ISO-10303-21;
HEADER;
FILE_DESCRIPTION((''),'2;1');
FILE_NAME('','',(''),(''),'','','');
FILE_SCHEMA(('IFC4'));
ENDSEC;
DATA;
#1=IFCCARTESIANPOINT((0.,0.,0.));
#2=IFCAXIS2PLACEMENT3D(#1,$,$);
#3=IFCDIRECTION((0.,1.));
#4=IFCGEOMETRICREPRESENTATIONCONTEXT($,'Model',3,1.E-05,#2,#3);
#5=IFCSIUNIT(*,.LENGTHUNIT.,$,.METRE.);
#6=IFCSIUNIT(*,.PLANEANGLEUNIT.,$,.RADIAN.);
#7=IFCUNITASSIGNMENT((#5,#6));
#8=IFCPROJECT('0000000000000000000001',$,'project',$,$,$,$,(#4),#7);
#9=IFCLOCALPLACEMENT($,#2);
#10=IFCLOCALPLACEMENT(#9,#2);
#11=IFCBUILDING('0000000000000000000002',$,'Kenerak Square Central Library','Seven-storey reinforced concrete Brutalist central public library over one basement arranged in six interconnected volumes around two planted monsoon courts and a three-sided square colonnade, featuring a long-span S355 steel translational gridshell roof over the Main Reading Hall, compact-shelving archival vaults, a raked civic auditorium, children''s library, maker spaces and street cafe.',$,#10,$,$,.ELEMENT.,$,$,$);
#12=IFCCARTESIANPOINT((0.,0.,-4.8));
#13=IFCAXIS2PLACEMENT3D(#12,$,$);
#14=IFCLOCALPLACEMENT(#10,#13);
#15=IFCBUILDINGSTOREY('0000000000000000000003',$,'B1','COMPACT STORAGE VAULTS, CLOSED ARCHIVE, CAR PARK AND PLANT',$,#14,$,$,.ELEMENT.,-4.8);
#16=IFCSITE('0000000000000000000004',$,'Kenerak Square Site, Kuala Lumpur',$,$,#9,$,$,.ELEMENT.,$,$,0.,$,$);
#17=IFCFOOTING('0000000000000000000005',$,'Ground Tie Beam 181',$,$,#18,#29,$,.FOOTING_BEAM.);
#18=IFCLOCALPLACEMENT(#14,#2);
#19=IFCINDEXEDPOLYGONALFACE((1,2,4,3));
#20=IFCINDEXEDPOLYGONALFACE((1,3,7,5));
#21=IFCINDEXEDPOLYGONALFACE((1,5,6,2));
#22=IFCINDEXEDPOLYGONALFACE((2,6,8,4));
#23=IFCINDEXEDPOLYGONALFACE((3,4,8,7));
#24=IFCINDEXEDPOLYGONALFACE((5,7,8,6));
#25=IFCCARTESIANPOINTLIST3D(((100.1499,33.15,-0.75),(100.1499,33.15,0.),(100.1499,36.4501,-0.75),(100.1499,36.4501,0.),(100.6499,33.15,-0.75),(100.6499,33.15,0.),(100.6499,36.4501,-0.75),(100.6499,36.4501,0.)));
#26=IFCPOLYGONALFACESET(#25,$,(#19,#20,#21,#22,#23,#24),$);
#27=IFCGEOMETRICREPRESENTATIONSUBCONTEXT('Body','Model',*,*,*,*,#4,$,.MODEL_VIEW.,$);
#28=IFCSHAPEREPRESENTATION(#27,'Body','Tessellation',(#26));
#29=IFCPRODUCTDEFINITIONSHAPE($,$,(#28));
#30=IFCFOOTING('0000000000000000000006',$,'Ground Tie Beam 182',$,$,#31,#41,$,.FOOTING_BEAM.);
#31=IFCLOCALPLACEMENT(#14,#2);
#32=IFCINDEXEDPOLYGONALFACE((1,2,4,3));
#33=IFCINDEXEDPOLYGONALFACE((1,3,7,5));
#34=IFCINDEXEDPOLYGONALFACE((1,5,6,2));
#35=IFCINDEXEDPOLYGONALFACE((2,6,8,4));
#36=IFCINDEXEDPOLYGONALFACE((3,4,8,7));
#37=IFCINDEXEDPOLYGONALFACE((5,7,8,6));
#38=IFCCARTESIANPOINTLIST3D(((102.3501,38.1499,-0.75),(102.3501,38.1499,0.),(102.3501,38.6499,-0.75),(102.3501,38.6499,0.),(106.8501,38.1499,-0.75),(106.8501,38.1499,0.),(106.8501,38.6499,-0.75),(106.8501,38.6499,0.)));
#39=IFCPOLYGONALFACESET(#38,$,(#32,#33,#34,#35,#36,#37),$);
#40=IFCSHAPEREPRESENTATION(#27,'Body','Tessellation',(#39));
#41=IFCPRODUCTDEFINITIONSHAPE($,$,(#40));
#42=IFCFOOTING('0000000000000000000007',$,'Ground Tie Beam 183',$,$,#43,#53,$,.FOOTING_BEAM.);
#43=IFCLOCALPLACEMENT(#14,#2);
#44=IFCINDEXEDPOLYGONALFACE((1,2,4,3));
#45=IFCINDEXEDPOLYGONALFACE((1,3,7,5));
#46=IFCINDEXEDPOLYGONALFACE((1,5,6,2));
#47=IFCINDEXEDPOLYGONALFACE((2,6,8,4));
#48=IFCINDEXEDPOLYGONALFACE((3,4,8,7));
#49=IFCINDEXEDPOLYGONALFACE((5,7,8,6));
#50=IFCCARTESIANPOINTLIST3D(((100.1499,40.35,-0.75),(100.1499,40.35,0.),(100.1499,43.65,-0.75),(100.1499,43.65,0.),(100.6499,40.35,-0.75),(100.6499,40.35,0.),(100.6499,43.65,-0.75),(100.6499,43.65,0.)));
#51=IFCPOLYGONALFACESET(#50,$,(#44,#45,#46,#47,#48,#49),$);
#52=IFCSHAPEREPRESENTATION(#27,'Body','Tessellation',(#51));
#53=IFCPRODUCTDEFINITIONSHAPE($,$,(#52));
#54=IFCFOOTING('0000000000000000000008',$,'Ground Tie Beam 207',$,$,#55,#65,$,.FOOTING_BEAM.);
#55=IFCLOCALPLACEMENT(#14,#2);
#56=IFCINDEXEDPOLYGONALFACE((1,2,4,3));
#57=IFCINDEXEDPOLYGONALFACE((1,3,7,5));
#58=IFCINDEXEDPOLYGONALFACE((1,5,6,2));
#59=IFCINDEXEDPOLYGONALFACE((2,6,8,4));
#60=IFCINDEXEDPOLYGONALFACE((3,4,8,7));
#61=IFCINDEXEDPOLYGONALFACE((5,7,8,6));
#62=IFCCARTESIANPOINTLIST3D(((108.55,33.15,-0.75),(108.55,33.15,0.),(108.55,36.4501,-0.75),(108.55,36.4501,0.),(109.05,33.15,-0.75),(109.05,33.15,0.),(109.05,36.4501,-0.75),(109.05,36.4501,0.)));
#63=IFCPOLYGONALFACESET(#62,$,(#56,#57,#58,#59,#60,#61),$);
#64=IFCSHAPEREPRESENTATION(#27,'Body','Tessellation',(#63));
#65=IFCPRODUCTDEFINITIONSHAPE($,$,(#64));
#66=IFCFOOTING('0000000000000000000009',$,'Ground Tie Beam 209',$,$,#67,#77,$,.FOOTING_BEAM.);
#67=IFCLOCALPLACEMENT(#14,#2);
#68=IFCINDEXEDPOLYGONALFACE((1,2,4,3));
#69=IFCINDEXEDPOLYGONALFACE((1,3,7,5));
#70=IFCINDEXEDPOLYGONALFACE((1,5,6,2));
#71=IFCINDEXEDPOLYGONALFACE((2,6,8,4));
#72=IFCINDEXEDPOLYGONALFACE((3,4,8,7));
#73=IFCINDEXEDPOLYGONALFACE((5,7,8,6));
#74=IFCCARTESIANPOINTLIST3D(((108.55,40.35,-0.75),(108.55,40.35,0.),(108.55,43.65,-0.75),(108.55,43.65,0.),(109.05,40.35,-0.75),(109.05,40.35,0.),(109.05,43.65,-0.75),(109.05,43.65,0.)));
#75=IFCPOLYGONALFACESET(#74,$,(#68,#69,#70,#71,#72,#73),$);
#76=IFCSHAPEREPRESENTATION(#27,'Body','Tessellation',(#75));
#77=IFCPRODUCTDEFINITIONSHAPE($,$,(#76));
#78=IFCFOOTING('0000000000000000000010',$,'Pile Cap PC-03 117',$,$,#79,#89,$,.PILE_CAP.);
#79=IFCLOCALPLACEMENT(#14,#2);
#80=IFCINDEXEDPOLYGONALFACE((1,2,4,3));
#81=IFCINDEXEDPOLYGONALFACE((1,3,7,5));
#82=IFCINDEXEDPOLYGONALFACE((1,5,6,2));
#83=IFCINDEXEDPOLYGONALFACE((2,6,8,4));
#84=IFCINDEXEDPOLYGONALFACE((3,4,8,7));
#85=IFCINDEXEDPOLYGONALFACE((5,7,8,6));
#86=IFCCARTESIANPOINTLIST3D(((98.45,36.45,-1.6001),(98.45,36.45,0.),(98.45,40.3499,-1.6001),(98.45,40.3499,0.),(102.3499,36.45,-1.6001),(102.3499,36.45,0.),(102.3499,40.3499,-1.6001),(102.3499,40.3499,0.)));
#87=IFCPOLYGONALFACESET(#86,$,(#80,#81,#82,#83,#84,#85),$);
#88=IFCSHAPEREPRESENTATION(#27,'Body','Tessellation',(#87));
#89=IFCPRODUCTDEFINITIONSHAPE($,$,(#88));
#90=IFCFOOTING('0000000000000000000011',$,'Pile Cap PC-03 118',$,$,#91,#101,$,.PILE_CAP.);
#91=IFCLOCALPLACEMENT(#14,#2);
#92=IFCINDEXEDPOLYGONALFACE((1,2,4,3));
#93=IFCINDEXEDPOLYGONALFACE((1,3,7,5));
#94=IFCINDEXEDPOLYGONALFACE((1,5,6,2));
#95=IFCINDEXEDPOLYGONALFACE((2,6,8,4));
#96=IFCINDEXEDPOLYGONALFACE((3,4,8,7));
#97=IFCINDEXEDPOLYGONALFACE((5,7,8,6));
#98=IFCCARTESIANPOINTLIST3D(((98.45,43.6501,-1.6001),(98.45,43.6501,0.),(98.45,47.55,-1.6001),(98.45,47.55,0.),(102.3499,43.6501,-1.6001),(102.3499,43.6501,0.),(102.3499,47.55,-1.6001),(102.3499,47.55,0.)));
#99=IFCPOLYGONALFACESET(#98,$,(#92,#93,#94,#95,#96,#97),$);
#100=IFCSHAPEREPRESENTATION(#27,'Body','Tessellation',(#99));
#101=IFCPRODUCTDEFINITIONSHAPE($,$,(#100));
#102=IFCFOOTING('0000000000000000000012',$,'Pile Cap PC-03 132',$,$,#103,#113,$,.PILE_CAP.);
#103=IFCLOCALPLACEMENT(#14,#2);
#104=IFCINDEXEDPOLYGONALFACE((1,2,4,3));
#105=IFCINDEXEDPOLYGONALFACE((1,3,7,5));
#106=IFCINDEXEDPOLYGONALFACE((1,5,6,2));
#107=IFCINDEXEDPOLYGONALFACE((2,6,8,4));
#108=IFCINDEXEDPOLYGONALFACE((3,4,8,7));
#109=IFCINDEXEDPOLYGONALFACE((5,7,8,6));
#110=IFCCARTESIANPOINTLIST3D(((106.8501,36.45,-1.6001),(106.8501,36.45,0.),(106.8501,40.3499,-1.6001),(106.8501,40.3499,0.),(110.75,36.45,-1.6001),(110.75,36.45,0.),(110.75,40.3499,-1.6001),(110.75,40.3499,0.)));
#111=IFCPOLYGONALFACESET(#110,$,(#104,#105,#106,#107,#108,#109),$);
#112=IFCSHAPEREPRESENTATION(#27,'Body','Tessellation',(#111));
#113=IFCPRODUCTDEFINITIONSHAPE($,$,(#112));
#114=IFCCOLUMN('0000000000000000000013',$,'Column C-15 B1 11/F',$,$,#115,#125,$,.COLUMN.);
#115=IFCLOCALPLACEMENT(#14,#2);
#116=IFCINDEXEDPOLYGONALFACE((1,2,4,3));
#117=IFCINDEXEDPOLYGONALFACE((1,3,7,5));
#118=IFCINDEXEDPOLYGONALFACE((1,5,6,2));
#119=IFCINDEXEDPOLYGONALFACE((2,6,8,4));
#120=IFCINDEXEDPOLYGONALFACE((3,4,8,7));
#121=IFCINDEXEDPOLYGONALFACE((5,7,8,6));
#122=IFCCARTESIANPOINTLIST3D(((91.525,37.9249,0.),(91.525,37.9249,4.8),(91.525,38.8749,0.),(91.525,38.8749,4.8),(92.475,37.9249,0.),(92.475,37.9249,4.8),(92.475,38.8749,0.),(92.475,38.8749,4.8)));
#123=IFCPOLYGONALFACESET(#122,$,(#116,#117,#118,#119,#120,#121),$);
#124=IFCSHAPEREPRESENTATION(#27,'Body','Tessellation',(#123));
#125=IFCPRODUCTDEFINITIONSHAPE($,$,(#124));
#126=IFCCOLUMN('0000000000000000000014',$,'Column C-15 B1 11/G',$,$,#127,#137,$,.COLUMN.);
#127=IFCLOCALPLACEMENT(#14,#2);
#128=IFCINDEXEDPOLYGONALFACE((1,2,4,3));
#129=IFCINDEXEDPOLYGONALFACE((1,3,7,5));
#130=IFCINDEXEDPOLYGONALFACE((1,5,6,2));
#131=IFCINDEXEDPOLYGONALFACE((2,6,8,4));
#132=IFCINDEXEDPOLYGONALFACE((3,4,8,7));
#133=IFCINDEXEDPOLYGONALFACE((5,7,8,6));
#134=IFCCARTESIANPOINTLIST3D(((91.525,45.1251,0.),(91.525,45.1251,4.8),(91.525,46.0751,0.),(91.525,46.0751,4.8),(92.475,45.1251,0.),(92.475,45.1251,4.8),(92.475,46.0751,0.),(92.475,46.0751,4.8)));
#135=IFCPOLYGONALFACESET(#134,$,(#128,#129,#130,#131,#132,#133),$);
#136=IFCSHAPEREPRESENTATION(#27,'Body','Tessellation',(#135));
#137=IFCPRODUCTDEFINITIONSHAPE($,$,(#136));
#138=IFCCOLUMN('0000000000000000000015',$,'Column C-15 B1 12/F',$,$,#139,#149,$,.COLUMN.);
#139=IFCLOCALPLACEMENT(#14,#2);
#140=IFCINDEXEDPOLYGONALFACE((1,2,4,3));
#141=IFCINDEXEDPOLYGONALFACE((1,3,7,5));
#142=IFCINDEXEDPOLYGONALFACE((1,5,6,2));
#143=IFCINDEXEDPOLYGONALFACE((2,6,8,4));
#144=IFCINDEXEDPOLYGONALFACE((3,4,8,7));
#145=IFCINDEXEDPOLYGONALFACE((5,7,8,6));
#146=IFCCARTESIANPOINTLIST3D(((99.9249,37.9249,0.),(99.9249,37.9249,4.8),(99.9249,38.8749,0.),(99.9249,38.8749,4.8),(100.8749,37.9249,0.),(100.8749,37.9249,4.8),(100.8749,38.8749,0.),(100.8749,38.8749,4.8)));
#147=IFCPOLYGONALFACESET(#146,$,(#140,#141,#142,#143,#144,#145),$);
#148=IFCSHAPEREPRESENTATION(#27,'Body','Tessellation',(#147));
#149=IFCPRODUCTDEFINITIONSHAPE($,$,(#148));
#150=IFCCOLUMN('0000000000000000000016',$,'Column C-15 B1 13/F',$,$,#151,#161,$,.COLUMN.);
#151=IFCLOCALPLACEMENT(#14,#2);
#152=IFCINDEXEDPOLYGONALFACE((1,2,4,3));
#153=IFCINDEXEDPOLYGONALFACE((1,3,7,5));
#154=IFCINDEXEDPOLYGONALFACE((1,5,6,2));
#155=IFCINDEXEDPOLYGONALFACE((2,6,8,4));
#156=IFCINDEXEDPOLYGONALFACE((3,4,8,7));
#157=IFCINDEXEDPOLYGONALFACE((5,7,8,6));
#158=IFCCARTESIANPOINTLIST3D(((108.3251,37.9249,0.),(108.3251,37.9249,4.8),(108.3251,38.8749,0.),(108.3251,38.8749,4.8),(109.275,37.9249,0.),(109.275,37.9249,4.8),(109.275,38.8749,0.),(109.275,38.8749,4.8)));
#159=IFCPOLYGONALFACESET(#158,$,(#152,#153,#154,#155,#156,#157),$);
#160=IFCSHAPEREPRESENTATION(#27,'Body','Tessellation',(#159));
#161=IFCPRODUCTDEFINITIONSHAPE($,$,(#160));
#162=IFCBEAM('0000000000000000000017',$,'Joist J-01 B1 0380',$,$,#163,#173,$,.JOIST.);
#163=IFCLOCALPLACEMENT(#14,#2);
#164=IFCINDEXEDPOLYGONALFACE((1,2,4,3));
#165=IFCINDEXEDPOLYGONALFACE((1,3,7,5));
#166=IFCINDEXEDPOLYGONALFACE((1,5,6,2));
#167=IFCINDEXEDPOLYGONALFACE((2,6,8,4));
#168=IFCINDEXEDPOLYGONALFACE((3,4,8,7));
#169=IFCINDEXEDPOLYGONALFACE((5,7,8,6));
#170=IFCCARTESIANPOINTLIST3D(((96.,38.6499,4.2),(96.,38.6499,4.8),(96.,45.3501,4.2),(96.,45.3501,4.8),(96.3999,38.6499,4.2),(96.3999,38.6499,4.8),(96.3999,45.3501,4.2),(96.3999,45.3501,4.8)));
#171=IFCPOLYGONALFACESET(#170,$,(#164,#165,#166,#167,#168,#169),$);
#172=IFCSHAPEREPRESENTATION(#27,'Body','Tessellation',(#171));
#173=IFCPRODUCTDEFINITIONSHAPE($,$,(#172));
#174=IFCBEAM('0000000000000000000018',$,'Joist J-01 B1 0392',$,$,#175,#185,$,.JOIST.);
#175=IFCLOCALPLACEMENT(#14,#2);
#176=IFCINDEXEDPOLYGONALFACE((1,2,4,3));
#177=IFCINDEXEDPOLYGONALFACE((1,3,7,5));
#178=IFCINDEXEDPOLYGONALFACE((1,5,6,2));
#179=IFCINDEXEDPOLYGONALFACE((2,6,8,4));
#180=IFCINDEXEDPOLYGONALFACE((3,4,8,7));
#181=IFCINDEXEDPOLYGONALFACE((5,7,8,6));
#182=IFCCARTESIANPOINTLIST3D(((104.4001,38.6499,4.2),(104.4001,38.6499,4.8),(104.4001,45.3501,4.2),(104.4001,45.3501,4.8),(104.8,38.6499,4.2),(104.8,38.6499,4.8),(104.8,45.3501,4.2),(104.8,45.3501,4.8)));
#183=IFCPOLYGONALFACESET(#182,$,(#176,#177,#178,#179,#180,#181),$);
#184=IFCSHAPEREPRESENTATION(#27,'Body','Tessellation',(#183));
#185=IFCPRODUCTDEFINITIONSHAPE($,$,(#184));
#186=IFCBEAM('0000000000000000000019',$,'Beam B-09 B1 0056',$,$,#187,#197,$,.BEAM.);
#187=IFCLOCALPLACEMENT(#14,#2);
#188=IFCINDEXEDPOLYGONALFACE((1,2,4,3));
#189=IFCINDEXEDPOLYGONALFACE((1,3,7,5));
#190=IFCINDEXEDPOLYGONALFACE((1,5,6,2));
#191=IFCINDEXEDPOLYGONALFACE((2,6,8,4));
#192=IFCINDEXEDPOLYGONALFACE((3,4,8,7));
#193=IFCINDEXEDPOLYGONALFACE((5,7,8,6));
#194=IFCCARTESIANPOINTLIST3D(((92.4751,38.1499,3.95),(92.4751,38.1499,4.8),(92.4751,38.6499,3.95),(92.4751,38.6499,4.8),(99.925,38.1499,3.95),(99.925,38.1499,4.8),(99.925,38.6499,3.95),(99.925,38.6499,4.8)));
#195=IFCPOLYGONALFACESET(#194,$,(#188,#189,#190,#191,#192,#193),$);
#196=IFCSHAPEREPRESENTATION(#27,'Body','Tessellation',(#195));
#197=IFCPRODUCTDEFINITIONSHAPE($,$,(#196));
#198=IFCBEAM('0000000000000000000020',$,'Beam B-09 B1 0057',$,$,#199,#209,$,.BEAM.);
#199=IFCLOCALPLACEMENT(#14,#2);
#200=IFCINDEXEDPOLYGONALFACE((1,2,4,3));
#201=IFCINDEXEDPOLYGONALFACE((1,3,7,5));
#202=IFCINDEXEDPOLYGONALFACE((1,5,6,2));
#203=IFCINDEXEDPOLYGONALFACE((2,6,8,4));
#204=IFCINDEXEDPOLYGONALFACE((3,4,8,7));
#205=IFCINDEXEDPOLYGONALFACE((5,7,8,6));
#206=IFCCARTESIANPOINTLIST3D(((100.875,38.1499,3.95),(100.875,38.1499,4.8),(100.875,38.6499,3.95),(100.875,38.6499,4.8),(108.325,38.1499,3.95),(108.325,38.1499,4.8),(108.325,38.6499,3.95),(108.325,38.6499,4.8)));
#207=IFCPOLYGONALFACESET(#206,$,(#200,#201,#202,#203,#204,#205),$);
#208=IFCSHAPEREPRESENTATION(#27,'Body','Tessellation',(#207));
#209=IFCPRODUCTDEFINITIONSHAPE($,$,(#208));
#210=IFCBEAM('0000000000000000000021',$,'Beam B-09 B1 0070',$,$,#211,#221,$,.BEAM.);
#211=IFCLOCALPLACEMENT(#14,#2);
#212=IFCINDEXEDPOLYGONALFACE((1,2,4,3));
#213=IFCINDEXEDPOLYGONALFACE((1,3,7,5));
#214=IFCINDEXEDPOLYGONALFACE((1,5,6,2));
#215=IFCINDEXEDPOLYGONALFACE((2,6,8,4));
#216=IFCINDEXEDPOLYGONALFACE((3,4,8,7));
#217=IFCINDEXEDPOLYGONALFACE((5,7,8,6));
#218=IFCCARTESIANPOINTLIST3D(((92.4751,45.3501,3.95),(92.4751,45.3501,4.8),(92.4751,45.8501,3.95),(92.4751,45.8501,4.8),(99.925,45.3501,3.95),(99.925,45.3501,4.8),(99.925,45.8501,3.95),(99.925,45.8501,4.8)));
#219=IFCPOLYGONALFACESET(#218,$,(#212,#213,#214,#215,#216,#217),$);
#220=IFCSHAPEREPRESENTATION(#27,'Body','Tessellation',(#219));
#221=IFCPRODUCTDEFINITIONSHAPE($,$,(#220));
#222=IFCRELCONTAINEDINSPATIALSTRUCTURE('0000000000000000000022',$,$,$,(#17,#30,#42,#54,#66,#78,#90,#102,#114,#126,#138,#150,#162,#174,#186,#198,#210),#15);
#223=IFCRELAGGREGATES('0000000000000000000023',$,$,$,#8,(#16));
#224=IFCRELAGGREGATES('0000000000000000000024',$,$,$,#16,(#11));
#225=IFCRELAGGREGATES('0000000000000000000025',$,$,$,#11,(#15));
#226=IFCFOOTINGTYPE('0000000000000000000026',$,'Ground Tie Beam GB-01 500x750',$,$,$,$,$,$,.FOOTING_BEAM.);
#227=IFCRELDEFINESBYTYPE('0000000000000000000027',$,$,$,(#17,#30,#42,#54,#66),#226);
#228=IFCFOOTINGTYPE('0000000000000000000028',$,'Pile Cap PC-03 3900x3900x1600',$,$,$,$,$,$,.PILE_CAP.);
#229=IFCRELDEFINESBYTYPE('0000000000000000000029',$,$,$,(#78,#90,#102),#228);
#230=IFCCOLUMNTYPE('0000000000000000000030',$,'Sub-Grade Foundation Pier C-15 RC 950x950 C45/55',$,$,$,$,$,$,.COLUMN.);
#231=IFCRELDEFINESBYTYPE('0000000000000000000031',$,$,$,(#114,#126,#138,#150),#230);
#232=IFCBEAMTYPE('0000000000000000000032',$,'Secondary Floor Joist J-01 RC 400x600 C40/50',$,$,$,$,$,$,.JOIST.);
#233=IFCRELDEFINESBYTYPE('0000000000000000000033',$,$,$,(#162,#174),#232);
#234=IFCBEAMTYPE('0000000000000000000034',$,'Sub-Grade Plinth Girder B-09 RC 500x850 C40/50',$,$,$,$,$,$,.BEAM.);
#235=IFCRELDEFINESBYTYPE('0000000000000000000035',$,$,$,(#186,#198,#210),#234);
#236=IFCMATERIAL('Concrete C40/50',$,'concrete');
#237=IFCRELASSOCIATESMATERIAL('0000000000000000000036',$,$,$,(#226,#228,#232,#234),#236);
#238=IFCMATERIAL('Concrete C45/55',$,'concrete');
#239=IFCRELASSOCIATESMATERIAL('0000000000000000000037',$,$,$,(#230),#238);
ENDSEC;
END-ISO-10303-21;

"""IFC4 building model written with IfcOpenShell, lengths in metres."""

from ifc_helpers import new_model, si_unit, direction, frame, origin, origin_2d, place, context, subcontext, project, spatial, rectangle, extrude, material, material_profile, profile_set, type_object, element, save


model = new_model("IFC4")

# Units and contexts
model_context = context("Model", 3, precision=1e-05, world=origin(), true_north=direction((0.0, 1.0)))
body_context = subcontext(model_context, "Body", "Model", "MODEL_VIEW")
ifc_project = project(units=[si_unit("LENGTHUNIT", "METRE"), si_unit("PLANEANGLEUNIT", "RADIAN")], contexts=[model_context])

# Site, building, storey
site_placement = place(None, origin())
site = spatial("IfcSite", under=ifc_project, at=site_placement, Name="Kenerak Square Site, Kuala Lumpur", CompositionType="ELEMENT", RefElevation=0.0)
building_placement = place(site_placement, origin())
building = spatial("IfcBuilding", under=site, at=building_placement, Name="Kenerak Square Central Library", Description="Seven-storey reinforced concrete Brutalist central public library over one basement arranged in six interconnected volumes around two planted monsoon courts and a three-sided square colonnade, featuring a long-span S355 steel translational gridshell roof over the Main Reading Hall, compact-shelving archival vaults, a raked civic auditorium, children's library, maker spaces and street cafe.", CompositionType="ELEMENT")
storey_placement = place(building_placement, frame((0.0, 0.0, -4.8)))
storey = spatial("IfcBuildingStorey", under=building, at=storey_placement, Name="B1", Description="COMPACT STORAGE VAULTS, CLOSED ARCHIVE, CAR PARK AND PLANT", CompositionType="ELEMENT", Elevation=-4.8)

# Shared definitions
ifc_material_1 = material(Name="Concrete C40/50", Category="concrete")

# Footings
footing_type_1 = type_object("IfcFootingType", Name="Ground Tie Beam GB-01 500x750", PredefinedType="FOOTING_BEAM", material=ifc_material_1)
footing_1_placement = place(storey_placement, frame((100.3999, 34.8, -0.75), z_axis=(0.0, 0.0, 1.0), x_axis=(1.0, 0.0, 0.0)))
element("IfcFooting", 1, at=footing_1_placement, inside=storey, type_object=footing_type_1, Name="Ground Tie Beam 181", PredefinedType="FOOTING_BEAM", context=body_context, shape_type="SweptSolid", body=[
    extrude(rectangle(XDim=0.5, YDim=3.3, at=origin_2d()), origin(), (0.0, 0.0, 1.0), 0.75),
])
footing_2_placement = place(storey_placement, frame((104.6001, 38.3999, -0.75), z_axis=(0.0, 0.0, 1.0), x_axis=(1.0, 0.0, 0.0)))
element("IfcFooting", 2, at=footing_2_placement, inside=storey, type_object=footing_type_1, Name="Ground Tie Beam 182", PredefinedType="FOOTING_BEAM", context=body_context, shape_type="SweptSolid", body=[
    extrude(rectangle(XDim=4.5, YDim=0.5, at=origin_2d()), origin(), (0.0, 0.0, 1.0), 0.75),
])
for number, where, z_axis, x_axis, name in (
    (3, (100.3999, 42.0, -0.75), (0.0, 0.0, 1.0), (1.0, 0.0, 0.0), "Ground Tie Beam 183"),
    (4, (108.8, 34.8, -0.75), (0.0, 0.0, 1.0), (1.0, 0.0, 0.0), "Ground Tie Beam 207"),
    (5, (108.8, 42.0, -0.75), (0.0, 0.0, 1.0), (1.0, 0.0, 0.0), "Ground Tie Beam 209"),
):
    element("IfcFooting", number, at=place(storey_placement, frame(where, z_axis=z_axis, x_axis=x_axis)), inside=storey, type_object=footing_type_1, Name=name, PredefinedType="FOOTING_BEAM", context=body_context, shape_type="SweptSolid", body=[
        extrude(rectangle(XDim=0.5, YDim=3.3, at=origin_2d()), origin(), (0.0, 0.0, 1.0), 0.75),
    ])
footing_type_2 = type_object("IfcFootingType", Name="Pile Cap PC-03 3900x3900x1600", PredefinedType="PILE_CAP", material=ifc_material_1)
for number, where, z_axis, x_axis, name in (
    (6, (100.3999, 38.3999, -1.6001), (0.0, 0.0, 1.0), (1.0, 0.0, 0.0), "Pile Cap PC-03 117"),
    (7, (100.3999, 45.6001, -1.6001), (0.0, 0.0, 1.0), (1.0, 0.0, 0.0), "Pile Cap PC-03 118"),
    (8, (108.8, 38.3999, -1.6001), (0.0, 0.0, 1.0), (1.0, 0.0, 0.0), "Pile Cap PC-03 132"),
):
    element("IfcFooting", number, at=place(storey_placement, frame(where, z_axis=z_axis, x_axis=x_axis)), inside=storey, type_object=footing_type_2, Name=name, PredefinedType="PILE_CAP", context=body_context, shape_type="SweptSolid", body=[
        extrude(rectangle(XDim=3.8999, YDim=3.8999, at=origin_2d()), origin(), (0.0, 0.0, 1.0), 1.6001),
    ])

# Columns
ifc_material_2 = material(Name="Concrete C45/55", Category="concrete")
ifc_material_profile_1 = material_profile(ifc_material_2, rectangle(XDim=0.95, YDim=0.95, at=origin_2d()), Name="RC 950x950")
ifc_profile_set_1 = profile_set([ifc_material_profile_1], Name="Concrete C45/55")
column_type = type_object("IfcColumnType", Name="Sub-Grade Foundation Pier C-15 RC 950x950 C45/55", PredefinedType="COLUMN", material=ifc_profile_set_1)
for number, where, z_axis, x_axis, name in (
    (9, (92.0, 38.3999, 0.0), (0.0, 0.0, 1.0), (1.0, 0.0, 0.0), "Column C-15 B1 11/F"),
    (10, (92.0, 45.6001, 0.0), (0.0, 0.0, 1.0), (1.0, 0.0, 0.0), "Column C-15 B1 11/G"),
    (11, (100.3999, 38.3999, 0.0), (0.0, 0.0, 1.0), (1.0, 0.0, 0.0), "Column C-15 B1 12/F"),
    (12, (108.8, 38.3999, 0.0), (0.0, 0.0, 1.0), (1.0, 0.0, 0.0), "Column C-15 B1 13/F"),
):
    element("IfcColumn", number, at=place(storey_placement, frame(where, z_axis=z_axis, x_axis=x_axis)), inside=storey, type_object=column_type, Name=name, PredefinedType="COLUMN", context=body_context, shape_type="SweptSolid", body=[
        extrude(rectangle(XDim=0.95, YDim=0.95, at=origin_2d()), origin(), (0.0, 0.0, 1.0), 4.8),
    ])

# Beams
ifc_material_profile_2 = material_profile(ifc_material_1, rectangle(XDim=0.3999, YDim=0.6001, at=origin_2d()), Name="RC 400x600")
ifc_profile_set_2 = profile_set([ifc_material_profile_2], Name="Concrete C40/50")
beam_type_1 = type_object("IfcBeamType", Name="Secondary Floor Joist J-01 RC 400x600 C40/50", PredefinedType="JOIST", material=ifc_profile_set_2)
for number, where, z_axis, x_axis, name in (
    (13, (96.2, 38.6499, 4.5), (0.0, 1.0, 0.0), (-1.0, 0.0, 0.0), "Joist J-01 B1 0380"),
    (14, (104.6001, 38.6499, 4.5), (0.0, 1.0, 0.0), (-1.0, 0.0, 0.0), "Joist J-01 B1 0392"),
):
    element("IfcBeam", number, at=place(storey_placement, frame(where, z_axis=z_axis, x_axis=x_axis)), inside=storey, type_object=beam_type_1, Name=name, PredefinedType="JOIST", context=body_context, shape_type="SweptSolid", body=[
        extrude(rectangle(XDim=0.3999, YDim=0.6001, at=origin_2d()), origin(), (0.0, 0.0, 1.0), 6.7002),
    ])
ifc_material_profile_3 = material_profile(ifc_material_1, rectangle(XDim=0.5, YDim=0.8501, at=origin_2d()), Name="RC 500x850")
ifc_profile_set_3 = profile_set([ifc_material_profile_3], Name="Concrete C40/50")
beam_type_2 = type_object("IfcBeamType", Name="Sub-Grade Plinth Girder B-09 RC 500x850 C40/50", PredefinedType="BEAM", material=ifc_profile_set_3)
for number, where, z_axis, x_axis, name in (
    (15, (92.4751, 38.3999, 4.375), (1.0, 0.0, 0.0), (0.0, 1.0, 0.0), "Beam B-09 B1 0056"),
    (16, (100.875, 38.3999, 4.375), (1.0, 0.0, 0.0), (0.0, 1.0, 0.0), "Beam B-09 B1 0057"),
    (17, (92.4751, 45.6001, 4.375), (1.0, 0.0, 0.0), (0.0, 1.0, 0.0), "Beam B-09 B1 0070"),
):
    element("IfcBeam", number, at=place(storey_placement, frame(where, z_axis=z_axis, x_axis=x_axis)), inside=storey, type_object=beam_type_2, Name=name, PredefinedType="BEAM", context=body_context, shape_type="SweptSolid", body=[
        extrude(rectangle(XDim=0.5, YDim=0.8501, at=origin_2d()), origin(), (0.0, 0.0, 1.0), 7.45),
    ])

save(model, "model.ifc")
